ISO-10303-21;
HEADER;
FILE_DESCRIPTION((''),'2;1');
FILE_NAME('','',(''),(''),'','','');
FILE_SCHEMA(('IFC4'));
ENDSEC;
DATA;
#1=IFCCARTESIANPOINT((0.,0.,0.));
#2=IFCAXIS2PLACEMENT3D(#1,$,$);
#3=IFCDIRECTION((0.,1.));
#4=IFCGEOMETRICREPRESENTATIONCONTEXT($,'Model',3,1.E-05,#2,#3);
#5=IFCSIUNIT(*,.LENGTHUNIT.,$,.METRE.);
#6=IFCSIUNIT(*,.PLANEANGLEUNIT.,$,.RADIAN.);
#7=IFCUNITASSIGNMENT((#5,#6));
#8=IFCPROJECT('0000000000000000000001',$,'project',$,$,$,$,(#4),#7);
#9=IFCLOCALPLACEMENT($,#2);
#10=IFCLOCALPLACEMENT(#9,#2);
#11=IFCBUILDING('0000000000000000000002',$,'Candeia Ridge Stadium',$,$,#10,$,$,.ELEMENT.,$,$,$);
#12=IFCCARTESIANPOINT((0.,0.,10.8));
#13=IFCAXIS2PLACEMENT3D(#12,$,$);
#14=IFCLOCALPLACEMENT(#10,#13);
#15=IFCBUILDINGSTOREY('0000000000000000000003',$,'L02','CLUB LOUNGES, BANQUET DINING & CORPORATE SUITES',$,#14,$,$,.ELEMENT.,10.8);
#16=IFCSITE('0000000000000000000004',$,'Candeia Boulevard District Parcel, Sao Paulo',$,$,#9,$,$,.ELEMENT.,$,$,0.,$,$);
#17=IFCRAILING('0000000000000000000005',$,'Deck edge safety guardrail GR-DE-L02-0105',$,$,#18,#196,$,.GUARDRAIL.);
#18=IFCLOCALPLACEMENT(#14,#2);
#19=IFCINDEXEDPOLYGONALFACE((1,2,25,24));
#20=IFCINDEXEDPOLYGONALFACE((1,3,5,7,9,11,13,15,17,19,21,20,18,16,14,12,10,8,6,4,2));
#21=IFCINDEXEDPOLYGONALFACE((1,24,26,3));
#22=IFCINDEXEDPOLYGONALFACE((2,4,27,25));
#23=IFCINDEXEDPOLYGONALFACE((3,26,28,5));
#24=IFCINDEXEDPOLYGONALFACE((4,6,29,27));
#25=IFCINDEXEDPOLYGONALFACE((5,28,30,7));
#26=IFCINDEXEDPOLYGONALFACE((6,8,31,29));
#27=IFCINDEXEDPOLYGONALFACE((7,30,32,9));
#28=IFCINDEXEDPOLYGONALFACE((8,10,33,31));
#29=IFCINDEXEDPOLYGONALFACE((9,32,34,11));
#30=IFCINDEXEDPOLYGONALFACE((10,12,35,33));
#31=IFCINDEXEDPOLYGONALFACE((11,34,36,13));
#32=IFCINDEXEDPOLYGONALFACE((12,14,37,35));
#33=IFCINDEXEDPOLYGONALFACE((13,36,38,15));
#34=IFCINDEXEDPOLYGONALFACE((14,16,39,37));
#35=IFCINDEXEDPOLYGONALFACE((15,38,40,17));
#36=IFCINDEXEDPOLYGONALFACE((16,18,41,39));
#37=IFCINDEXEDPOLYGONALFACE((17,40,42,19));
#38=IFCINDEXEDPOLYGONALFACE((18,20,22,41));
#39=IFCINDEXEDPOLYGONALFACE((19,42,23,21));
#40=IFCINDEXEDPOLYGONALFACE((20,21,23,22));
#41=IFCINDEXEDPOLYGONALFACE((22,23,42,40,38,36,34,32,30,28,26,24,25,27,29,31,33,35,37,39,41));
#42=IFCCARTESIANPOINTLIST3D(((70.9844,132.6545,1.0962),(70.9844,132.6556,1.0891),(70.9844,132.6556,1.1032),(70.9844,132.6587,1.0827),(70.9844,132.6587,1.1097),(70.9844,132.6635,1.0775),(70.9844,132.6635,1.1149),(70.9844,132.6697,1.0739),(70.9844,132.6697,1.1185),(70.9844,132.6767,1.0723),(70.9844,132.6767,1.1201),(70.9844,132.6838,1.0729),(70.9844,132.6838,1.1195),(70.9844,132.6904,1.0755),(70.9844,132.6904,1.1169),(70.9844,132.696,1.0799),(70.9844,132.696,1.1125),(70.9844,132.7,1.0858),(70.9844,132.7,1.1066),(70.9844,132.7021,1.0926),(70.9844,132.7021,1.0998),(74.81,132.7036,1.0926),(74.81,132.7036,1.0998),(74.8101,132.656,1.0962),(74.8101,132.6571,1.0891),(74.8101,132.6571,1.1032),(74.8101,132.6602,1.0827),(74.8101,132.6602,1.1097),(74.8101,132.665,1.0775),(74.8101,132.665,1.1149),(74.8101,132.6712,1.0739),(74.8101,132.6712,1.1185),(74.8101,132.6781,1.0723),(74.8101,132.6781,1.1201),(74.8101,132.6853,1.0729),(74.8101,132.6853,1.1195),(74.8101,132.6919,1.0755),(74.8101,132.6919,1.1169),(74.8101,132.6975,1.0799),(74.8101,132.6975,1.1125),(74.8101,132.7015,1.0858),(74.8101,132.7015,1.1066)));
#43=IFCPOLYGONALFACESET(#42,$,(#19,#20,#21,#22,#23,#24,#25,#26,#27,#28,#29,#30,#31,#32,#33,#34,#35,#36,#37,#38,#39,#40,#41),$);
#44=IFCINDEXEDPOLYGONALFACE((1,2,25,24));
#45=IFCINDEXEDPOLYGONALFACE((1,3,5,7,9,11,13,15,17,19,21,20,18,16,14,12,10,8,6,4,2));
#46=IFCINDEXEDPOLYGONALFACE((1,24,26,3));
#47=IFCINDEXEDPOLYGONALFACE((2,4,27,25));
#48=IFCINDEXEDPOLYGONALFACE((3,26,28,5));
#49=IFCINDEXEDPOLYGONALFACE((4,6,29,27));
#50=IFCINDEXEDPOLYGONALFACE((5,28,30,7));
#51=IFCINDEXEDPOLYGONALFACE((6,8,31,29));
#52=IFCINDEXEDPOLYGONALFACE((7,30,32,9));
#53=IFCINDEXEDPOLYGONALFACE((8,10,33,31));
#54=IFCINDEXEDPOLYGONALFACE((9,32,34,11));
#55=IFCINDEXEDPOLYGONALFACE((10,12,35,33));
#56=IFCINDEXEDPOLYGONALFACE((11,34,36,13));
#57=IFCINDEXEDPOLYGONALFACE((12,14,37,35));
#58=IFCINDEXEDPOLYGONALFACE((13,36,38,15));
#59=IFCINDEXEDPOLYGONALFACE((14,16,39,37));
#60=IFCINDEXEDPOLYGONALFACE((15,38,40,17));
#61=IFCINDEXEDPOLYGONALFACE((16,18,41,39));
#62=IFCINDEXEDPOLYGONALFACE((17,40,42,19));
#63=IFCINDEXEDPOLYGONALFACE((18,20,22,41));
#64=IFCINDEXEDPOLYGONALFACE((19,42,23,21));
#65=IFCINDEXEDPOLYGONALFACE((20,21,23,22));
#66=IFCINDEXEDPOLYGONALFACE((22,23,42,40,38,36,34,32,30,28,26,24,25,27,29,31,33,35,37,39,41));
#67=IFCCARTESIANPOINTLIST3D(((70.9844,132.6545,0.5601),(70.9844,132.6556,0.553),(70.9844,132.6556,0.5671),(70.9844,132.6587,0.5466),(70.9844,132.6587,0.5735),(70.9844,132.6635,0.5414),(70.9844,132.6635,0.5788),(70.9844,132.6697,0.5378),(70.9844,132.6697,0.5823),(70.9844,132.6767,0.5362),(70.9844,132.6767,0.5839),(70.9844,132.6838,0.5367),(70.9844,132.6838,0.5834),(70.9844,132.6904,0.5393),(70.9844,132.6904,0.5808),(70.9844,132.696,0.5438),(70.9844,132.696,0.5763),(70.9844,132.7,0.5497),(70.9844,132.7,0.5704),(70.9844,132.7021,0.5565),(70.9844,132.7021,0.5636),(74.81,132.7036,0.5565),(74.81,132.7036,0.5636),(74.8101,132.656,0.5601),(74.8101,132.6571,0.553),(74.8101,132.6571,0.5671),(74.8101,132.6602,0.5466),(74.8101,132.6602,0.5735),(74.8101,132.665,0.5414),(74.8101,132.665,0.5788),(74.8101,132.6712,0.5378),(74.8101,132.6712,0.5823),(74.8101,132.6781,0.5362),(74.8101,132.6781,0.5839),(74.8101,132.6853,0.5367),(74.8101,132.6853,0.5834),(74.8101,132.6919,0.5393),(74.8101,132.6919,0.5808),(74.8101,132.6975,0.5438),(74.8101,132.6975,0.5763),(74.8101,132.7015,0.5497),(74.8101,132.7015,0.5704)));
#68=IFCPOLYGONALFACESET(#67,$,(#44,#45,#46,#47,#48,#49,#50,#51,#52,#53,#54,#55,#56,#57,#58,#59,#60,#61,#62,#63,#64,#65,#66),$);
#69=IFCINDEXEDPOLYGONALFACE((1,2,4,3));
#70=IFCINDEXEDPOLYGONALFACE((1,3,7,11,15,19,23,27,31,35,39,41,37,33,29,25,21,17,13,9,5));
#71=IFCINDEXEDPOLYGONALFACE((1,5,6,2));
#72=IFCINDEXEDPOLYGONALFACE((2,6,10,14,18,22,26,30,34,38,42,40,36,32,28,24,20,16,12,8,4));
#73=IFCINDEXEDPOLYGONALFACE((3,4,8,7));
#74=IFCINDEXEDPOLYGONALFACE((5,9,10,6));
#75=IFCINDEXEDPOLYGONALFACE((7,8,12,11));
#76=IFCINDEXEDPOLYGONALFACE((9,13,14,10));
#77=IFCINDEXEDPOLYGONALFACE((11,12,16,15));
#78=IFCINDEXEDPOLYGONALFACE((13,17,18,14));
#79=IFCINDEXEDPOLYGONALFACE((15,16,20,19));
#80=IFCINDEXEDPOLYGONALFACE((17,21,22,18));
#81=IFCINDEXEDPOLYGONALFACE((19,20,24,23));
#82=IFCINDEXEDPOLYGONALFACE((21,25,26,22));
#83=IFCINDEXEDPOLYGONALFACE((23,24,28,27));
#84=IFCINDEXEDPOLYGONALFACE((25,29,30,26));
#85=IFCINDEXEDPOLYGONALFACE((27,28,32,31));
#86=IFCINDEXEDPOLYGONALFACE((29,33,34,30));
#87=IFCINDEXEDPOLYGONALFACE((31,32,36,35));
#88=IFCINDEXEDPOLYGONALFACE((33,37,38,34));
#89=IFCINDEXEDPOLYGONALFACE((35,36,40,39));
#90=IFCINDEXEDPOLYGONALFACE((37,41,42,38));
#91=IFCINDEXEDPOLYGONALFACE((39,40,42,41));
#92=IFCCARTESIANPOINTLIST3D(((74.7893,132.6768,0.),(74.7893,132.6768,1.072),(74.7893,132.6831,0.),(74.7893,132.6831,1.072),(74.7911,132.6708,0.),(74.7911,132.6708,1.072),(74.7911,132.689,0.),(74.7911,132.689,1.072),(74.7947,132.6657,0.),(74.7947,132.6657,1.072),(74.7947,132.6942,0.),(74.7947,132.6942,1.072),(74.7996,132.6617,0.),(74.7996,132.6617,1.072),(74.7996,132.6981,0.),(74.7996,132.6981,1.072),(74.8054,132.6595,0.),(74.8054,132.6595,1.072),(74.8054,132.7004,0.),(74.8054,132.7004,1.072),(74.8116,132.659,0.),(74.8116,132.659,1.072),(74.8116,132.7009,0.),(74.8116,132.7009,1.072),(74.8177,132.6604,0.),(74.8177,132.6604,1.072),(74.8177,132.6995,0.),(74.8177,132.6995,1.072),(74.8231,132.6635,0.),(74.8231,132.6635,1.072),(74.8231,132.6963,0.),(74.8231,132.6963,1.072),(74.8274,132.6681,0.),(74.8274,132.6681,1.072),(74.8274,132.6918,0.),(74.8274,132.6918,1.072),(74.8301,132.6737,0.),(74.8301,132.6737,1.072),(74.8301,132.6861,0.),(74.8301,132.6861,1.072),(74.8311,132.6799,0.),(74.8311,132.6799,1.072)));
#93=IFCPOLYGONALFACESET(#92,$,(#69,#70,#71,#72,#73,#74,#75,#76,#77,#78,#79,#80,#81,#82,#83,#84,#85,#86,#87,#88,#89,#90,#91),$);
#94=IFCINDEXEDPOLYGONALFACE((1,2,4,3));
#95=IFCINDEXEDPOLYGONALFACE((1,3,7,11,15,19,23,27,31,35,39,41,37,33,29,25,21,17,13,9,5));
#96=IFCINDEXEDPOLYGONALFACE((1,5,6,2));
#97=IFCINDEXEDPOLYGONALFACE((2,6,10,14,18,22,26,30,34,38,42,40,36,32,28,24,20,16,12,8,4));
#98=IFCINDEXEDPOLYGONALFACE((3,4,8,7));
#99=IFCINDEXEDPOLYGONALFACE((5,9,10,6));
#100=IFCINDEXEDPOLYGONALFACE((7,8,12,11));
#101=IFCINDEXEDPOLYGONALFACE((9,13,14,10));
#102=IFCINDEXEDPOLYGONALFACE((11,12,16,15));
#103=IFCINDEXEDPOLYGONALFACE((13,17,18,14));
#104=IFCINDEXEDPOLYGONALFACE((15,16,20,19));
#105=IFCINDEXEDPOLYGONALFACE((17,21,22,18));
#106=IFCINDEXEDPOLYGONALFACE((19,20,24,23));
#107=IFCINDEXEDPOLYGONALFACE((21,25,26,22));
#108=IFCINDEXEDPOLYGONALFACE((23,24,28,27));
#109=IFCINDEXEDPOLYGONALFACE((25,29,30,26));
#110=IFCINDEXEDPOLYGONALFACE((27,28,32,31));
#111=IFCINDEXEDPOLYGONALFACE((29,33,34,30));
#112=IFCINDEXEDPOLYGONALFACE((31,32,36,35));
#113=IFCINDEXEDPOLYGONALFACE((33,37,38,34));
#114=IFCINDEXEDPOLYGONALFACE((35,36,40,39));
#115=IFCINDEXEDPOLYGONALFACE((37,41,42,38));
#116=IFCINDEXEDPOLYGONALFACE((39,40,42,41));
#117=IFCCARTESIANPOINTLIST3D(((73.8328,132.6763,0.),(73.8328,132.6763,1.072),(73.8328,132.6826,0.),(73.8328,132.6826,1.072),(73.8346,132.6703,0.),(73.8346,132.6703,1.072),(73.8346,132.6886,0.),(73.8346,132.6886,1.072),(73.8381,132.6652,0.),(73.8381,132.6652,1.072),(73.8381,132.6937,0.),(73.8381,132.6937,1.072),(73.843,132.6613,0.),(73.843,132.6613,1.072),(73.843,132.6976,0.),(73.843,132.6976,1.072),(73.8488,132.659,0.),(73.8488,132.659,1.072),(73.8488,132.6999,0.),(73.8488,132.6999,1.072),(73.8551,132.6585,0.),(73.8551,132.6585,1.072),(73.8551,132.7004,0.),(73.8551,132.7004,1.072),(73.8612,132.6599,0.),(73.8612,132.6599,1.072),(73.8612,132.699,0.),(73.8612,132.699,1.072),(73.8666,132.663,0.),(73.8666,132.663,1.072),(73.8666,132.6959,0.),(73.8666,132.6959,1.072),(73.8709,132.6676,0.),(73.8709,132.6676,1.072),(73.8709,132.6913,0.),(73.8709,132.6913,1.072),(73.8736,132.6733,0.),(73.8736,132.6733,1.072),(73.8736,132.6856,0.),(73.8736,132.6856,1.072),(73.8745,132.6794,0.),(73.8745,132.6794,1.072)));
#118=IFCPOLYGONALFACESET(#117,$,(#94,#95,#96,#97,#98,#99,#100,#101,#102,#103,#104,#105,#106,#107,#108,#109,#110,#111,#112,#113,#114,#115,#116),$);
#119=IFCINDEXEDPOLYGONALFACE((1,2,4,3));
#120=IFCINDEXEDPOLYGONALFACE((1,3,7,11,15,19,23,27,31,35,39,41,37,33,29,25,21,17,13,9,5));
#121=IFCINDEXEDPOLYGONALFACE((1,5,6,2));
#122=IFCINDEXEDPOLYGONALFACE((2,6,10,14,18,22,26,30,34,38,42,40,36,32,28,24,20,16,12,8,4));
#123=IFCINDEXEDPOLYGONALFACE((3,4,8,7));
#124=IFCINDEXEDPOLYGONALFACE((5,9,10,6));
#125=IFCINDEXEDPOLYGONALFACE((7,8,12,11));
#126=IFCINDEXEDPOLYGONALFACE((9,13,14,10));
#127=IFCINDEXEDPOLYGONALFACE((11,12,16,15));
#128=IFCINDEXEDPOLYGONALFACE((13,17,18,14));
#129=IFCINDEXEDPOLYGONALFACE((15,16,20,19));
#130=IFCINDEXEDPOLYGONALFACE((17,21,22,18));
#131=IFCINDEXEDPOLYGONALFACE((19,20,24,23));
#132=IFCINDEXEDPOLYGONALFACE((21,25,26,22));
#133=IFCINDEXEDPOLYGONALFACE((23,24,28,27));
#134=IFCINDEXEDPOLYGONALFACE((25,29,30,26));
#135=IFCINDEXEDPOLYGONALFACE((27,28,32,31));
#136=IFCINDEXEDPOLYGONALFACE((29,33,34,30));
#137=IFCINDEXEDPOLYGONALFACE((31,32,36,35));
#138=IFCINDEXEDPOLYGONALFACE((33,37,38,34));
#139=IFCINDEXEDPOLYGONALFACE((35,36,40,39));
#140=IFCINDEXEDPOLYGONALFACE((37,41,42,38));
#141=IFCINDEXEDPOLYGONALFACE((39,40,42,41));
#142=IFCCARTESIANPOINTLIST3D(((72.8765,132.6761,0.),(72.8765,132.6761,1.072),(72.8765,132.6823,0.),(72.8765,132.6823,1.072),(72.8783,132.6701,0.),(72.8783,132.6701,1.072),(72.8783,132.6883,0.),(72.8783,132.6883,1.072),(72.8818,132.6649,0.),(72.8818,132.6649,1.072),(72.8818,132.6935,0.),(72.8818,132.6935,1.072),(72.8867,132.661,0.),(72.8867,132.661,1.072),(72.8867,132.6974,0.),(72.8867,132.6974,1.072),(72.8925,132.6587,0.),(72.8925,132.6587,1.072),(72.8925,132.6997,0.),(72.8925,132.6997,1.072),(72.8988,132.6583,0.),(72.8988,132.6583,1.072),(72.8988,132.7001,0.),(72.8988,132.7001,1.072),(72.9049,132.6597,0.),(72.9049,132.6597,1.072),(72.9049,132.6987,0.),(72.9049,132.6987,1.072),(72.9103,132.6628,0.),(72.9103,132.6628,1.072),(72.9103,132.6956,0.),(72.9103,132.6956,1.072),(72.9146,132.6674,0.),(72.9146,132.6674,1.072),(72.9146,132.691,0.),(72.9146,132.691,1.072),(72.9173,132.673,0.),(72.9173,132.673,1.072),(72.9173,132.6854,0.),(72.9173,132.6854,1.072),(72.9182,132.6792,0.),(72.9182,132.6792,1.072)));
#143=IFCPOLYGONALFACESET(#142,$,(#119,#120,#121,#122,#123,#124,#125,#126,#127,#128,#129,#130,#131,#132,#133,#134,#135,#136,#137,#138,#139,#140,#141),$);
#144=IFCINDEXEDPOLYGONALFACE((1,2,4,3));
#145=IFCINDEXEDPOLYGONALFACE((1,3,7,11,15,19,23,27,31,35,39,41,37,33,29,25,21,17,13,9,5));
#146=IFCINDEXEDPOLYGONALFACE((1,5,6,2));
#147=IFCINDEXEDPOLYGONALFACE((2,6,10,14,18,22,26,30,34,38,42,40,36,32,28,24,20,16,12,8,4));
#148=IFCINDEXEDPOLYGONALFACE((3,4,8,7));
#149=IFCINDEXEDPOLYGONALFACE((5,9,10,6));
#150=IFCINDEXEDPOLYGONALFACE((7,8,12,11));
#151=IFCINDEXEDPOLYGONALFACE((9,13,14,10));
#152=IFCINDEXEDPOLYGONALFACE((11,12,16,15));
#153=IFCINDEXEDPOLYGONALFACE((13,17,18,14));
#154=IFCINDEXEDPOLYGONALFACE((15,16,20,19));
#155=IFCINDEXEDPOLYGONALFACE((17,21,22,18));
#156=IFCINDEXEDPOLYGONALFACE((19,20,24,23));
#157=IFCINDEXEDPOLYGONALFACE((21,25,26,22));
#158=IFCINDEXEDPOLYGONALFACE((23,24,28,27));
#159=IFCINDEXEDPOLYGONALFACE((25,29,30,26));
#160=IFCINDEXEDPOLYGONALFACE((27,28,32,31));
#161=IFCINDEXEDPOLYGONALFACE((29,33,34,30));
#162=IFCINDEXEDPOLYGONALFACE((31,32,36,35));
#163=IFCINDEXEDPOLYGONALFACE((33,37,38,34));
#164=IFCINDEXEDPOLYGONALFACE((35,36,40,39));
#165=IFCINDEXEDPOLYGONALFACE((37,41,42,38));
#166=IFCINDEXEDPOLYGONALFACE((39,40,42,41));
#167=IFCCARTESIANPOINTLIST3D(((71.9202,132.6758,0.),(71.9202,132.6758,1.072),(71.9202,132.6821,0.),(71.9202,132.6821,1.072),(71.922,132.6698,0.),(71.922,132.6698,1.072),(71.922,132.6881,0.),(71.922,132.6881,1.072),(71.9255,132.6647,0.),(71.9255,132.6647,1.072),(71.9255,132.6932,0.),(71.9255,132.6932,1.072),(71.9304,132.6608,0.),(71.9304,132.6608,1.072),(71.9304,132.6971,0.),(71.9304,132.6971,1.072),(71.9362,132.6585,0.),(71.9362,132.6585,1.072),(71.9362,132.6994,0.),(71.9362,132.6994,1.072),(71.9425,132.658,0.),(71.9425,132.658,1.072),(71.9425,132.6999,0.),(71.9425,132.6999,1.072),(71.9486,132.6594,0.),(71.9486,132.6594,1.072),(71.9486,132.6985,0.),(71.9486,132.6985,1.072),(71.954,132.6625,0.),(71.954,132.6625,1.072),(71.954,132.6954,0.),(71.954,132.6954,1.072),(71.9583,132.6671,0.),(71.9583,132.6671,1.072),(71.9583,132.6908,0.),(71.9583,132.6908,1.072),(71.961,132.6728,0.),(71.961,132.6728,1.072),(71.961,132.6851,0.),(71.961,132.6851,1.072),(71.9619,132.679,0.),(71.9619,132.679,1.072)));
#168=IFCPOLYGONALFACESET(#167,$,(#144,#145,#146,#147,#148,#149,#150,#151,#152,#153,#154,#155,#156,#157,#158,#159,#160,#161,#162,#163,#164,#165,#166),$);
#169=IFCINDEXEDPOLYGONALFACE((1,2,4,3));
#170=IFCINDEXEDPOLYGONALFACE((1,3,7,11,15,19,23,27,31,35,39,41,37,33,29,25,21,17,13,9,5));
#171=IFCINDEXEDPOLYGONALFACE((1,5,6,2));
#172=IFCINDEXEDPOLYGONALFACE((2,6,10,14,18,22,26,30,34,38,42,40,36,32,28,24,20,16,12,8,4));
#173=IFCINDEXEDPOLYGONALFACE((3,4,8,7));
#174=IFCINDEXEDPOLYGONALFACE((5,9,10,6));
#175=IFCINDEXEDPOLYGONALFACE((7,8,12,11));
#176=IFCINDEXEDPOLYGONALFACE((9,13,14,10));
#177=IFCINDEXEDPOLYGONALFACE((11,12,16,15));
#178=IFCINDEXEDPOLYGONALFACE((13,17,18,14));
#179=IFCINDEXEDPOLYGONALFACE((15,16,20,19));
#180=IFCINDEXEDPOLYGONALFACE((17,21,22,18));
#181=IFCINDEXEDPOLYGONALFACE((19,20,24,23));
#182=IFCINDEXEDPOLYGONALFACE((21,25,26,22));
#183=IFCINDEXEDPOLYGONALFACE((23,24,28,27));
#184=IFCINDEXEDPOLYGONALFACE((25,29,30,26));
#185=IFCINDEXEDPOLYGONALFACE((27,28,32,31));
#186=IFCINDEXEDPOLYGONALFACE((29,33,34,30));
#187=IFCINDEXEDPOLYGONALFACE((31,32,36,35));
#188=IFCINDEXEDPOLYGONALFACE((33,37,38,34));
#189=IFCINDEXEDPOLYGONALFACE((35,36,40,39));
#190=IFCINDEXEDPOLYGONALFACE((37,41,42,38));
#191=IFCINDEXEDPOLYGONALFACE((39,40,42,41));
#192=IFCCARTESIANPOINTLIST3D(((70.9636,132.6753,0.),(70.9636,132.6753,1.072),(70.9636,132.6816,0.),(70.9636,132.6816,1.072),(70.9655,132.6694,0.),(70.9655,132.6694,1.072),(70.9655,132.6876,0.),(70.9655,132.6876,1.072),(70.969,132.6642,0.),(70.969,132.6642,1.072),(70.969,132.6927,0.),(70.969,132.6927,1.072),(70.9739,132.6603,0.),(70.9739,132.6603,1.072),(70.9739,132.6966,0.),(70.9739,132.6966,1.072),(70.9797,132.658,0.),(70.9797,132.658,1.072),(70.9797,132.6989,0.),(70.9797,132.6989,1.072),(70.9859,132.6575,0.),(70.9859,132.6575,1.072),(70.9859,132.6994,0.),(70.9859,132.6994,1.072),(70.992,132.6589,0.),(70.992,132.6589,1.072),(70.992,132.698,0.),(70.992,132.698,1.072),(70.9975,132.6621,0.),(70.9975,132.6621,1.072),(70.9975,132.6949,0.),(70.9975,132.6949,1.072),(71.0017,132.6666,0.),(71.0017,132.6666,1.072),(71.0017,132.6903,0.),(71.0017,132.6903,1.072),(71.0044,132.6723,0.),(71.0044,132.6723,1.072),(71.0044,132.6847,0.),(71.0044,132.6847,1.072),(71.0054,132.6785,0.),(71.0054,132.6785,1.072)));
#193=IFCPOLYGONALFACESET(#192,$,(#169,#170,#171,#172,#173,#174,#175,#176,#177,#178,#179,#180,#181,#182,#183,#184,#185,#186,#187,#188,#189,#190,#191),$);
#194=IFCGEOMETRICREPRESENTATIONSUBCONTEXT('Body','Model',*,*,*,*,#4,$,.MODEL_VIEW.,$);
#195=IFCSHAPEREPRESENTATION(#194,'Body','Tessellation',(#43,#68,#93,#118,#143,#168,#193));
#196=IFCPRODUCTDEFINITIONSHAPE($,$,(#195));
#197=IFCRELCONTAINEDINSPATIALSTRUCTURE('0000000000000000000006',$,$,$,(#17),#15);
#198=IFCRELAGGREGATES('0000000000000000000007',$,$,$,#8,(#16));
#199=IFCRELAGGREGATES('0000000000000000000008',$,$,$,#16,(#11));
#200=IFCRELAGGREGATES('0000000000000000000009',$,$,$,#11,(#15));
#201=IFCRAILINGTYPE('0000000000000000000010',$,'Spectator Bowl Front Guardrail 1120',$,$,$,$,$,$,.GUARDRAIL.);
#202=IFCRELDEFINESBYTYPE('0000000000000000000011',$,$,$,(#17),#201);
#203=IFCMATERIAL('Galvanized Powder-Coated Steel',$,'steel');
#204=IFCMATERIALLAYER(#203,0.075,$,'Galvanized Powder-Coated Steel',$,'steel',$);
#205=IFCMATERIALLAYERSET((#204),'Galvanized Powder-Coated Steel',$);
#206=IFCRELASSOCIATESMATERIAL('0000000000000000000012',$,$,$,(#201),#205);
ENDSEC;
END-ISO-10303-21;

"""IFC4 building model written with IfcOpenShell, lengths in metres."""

from ifc_helpers import new_model, si_unit, direction, frame, origin, origin_2d, place, context, subcontext, project, spatial, circle, extrude, material, layer, layer_set, type_object, element, save


model = new_model("IFC4")

# Units and contexts
model_context = context("Model", 3, precision=1e-05, world=origin(), true_north=direction((0.0, 1.0)))
body_context = subcontext(model_context, "Body", "Model", "MODEL_VIEW")
ifc_project = project(units=[si_unit("LENGTHUNIT", "METRE"), si_unit("PLANEANGLEUNIT", "RADIAN")], contexts=[model_context])

# Site, building, storey
site_placement = place(None, origin())
site = spatial("IfcSite", under=ifc_project, at=site_placement, Name="Candeia Boulevard District Parcel, Sao Paulo", CompositionType="ELEMENT", RefElevation=0.0)
building_placement = place(site_placement, origin())
building = spatial("IfcBuilding", under=site, at=building_placement, Name="Candeia Ridge Stadium", CompositionType="ELEMENT")
storey_placement = place(building_placement, frame((0.0, 0.0, 10.8)))
storey = spatial("IfcBuildingStorey", under=building, at=storey_placement, Name="L02", Description="CLUB LOUNGES, BANQUET DINING & CORPORATE SUITES", CompositionType="ELEMENT", Elevation=10.8)

# Railing
ifc_material_1 = material(Name="Galvanized Powder-Coated Steel", Category="steel")
ifc_layer_1 = layer(ifc_material_1, 0.075, Name="Galvanized Powder-Coated Steel", Category="steel")
ifc_layer_set_1 = layer_set([ifc_layer_1], Name="Galvanized Powder-Coated Steel")
railing_type_1 = type_object("IfcRailingType", Name="Spectator Bowl Front Guardrail 1120", PredefinedType="GUARDRAIL", material=ifc_layer_set_1)
railing_1_placement = place(storey_placement, frame((74.8101, 132.6799, 0.0)))
element("IfcRailing", 1, at=railing_1_placement, inside=storey, type_object=railing_type_1, Name="Deck edge safety guardrail GR-DE-L02-0105", PredefinedType="GUARDRAIL", context=body_context, shape_type="SweptSolid", body=[
    extrude(circle(Radius=0.0239, at=origin_2d()), frame((0.0, 0.0, 1.0962), z_axis=(-1.0, -0.000383, 0.0), x_axis=(0.000383, -1.0, 0.0)), (0.0, 0.0, 1.0), 3.8257),
    extrude(circle(Radius=0.0239, at=origin_2d()), frame((0.0, 0.0, 0.5601), z_axis=(-1.0, -0.000383, 0.0), x_axis=(0.000383, -1.0, 0.0)), (0.0, 0.0, 1.0), 3.8257),
    extrude(circle(Radius=0.021, at=origin_2d()), origin(), (0.0, 0.0, 1.0), 1.072),
    extrude(circle(Radius=0.021, at=origin_2d()), frame((-0.9565, -0.0005, 0.0)), (0.0, 0.0, 1.0), 1.072),
    extrude(circle(Radius=0.021, at=origin_2d()), frame((-1.9128, -0.0007, 0.0)), (0.0, 0.0, 1.0), 1.072),
    extrude(circle(Radius=0.021, at=origin_2d()), frame((-2.8691, -0.001, 0.0)), (0.0, 0.0, 1.0), 1.072),
    extrude(circle(Radius=0.021, at=origin_2d()), frame((-3.8257, -0.0015, 0.0)), (0.0, 0.0, 1.0), 1.072),
])

save(model, "model.ifc")
